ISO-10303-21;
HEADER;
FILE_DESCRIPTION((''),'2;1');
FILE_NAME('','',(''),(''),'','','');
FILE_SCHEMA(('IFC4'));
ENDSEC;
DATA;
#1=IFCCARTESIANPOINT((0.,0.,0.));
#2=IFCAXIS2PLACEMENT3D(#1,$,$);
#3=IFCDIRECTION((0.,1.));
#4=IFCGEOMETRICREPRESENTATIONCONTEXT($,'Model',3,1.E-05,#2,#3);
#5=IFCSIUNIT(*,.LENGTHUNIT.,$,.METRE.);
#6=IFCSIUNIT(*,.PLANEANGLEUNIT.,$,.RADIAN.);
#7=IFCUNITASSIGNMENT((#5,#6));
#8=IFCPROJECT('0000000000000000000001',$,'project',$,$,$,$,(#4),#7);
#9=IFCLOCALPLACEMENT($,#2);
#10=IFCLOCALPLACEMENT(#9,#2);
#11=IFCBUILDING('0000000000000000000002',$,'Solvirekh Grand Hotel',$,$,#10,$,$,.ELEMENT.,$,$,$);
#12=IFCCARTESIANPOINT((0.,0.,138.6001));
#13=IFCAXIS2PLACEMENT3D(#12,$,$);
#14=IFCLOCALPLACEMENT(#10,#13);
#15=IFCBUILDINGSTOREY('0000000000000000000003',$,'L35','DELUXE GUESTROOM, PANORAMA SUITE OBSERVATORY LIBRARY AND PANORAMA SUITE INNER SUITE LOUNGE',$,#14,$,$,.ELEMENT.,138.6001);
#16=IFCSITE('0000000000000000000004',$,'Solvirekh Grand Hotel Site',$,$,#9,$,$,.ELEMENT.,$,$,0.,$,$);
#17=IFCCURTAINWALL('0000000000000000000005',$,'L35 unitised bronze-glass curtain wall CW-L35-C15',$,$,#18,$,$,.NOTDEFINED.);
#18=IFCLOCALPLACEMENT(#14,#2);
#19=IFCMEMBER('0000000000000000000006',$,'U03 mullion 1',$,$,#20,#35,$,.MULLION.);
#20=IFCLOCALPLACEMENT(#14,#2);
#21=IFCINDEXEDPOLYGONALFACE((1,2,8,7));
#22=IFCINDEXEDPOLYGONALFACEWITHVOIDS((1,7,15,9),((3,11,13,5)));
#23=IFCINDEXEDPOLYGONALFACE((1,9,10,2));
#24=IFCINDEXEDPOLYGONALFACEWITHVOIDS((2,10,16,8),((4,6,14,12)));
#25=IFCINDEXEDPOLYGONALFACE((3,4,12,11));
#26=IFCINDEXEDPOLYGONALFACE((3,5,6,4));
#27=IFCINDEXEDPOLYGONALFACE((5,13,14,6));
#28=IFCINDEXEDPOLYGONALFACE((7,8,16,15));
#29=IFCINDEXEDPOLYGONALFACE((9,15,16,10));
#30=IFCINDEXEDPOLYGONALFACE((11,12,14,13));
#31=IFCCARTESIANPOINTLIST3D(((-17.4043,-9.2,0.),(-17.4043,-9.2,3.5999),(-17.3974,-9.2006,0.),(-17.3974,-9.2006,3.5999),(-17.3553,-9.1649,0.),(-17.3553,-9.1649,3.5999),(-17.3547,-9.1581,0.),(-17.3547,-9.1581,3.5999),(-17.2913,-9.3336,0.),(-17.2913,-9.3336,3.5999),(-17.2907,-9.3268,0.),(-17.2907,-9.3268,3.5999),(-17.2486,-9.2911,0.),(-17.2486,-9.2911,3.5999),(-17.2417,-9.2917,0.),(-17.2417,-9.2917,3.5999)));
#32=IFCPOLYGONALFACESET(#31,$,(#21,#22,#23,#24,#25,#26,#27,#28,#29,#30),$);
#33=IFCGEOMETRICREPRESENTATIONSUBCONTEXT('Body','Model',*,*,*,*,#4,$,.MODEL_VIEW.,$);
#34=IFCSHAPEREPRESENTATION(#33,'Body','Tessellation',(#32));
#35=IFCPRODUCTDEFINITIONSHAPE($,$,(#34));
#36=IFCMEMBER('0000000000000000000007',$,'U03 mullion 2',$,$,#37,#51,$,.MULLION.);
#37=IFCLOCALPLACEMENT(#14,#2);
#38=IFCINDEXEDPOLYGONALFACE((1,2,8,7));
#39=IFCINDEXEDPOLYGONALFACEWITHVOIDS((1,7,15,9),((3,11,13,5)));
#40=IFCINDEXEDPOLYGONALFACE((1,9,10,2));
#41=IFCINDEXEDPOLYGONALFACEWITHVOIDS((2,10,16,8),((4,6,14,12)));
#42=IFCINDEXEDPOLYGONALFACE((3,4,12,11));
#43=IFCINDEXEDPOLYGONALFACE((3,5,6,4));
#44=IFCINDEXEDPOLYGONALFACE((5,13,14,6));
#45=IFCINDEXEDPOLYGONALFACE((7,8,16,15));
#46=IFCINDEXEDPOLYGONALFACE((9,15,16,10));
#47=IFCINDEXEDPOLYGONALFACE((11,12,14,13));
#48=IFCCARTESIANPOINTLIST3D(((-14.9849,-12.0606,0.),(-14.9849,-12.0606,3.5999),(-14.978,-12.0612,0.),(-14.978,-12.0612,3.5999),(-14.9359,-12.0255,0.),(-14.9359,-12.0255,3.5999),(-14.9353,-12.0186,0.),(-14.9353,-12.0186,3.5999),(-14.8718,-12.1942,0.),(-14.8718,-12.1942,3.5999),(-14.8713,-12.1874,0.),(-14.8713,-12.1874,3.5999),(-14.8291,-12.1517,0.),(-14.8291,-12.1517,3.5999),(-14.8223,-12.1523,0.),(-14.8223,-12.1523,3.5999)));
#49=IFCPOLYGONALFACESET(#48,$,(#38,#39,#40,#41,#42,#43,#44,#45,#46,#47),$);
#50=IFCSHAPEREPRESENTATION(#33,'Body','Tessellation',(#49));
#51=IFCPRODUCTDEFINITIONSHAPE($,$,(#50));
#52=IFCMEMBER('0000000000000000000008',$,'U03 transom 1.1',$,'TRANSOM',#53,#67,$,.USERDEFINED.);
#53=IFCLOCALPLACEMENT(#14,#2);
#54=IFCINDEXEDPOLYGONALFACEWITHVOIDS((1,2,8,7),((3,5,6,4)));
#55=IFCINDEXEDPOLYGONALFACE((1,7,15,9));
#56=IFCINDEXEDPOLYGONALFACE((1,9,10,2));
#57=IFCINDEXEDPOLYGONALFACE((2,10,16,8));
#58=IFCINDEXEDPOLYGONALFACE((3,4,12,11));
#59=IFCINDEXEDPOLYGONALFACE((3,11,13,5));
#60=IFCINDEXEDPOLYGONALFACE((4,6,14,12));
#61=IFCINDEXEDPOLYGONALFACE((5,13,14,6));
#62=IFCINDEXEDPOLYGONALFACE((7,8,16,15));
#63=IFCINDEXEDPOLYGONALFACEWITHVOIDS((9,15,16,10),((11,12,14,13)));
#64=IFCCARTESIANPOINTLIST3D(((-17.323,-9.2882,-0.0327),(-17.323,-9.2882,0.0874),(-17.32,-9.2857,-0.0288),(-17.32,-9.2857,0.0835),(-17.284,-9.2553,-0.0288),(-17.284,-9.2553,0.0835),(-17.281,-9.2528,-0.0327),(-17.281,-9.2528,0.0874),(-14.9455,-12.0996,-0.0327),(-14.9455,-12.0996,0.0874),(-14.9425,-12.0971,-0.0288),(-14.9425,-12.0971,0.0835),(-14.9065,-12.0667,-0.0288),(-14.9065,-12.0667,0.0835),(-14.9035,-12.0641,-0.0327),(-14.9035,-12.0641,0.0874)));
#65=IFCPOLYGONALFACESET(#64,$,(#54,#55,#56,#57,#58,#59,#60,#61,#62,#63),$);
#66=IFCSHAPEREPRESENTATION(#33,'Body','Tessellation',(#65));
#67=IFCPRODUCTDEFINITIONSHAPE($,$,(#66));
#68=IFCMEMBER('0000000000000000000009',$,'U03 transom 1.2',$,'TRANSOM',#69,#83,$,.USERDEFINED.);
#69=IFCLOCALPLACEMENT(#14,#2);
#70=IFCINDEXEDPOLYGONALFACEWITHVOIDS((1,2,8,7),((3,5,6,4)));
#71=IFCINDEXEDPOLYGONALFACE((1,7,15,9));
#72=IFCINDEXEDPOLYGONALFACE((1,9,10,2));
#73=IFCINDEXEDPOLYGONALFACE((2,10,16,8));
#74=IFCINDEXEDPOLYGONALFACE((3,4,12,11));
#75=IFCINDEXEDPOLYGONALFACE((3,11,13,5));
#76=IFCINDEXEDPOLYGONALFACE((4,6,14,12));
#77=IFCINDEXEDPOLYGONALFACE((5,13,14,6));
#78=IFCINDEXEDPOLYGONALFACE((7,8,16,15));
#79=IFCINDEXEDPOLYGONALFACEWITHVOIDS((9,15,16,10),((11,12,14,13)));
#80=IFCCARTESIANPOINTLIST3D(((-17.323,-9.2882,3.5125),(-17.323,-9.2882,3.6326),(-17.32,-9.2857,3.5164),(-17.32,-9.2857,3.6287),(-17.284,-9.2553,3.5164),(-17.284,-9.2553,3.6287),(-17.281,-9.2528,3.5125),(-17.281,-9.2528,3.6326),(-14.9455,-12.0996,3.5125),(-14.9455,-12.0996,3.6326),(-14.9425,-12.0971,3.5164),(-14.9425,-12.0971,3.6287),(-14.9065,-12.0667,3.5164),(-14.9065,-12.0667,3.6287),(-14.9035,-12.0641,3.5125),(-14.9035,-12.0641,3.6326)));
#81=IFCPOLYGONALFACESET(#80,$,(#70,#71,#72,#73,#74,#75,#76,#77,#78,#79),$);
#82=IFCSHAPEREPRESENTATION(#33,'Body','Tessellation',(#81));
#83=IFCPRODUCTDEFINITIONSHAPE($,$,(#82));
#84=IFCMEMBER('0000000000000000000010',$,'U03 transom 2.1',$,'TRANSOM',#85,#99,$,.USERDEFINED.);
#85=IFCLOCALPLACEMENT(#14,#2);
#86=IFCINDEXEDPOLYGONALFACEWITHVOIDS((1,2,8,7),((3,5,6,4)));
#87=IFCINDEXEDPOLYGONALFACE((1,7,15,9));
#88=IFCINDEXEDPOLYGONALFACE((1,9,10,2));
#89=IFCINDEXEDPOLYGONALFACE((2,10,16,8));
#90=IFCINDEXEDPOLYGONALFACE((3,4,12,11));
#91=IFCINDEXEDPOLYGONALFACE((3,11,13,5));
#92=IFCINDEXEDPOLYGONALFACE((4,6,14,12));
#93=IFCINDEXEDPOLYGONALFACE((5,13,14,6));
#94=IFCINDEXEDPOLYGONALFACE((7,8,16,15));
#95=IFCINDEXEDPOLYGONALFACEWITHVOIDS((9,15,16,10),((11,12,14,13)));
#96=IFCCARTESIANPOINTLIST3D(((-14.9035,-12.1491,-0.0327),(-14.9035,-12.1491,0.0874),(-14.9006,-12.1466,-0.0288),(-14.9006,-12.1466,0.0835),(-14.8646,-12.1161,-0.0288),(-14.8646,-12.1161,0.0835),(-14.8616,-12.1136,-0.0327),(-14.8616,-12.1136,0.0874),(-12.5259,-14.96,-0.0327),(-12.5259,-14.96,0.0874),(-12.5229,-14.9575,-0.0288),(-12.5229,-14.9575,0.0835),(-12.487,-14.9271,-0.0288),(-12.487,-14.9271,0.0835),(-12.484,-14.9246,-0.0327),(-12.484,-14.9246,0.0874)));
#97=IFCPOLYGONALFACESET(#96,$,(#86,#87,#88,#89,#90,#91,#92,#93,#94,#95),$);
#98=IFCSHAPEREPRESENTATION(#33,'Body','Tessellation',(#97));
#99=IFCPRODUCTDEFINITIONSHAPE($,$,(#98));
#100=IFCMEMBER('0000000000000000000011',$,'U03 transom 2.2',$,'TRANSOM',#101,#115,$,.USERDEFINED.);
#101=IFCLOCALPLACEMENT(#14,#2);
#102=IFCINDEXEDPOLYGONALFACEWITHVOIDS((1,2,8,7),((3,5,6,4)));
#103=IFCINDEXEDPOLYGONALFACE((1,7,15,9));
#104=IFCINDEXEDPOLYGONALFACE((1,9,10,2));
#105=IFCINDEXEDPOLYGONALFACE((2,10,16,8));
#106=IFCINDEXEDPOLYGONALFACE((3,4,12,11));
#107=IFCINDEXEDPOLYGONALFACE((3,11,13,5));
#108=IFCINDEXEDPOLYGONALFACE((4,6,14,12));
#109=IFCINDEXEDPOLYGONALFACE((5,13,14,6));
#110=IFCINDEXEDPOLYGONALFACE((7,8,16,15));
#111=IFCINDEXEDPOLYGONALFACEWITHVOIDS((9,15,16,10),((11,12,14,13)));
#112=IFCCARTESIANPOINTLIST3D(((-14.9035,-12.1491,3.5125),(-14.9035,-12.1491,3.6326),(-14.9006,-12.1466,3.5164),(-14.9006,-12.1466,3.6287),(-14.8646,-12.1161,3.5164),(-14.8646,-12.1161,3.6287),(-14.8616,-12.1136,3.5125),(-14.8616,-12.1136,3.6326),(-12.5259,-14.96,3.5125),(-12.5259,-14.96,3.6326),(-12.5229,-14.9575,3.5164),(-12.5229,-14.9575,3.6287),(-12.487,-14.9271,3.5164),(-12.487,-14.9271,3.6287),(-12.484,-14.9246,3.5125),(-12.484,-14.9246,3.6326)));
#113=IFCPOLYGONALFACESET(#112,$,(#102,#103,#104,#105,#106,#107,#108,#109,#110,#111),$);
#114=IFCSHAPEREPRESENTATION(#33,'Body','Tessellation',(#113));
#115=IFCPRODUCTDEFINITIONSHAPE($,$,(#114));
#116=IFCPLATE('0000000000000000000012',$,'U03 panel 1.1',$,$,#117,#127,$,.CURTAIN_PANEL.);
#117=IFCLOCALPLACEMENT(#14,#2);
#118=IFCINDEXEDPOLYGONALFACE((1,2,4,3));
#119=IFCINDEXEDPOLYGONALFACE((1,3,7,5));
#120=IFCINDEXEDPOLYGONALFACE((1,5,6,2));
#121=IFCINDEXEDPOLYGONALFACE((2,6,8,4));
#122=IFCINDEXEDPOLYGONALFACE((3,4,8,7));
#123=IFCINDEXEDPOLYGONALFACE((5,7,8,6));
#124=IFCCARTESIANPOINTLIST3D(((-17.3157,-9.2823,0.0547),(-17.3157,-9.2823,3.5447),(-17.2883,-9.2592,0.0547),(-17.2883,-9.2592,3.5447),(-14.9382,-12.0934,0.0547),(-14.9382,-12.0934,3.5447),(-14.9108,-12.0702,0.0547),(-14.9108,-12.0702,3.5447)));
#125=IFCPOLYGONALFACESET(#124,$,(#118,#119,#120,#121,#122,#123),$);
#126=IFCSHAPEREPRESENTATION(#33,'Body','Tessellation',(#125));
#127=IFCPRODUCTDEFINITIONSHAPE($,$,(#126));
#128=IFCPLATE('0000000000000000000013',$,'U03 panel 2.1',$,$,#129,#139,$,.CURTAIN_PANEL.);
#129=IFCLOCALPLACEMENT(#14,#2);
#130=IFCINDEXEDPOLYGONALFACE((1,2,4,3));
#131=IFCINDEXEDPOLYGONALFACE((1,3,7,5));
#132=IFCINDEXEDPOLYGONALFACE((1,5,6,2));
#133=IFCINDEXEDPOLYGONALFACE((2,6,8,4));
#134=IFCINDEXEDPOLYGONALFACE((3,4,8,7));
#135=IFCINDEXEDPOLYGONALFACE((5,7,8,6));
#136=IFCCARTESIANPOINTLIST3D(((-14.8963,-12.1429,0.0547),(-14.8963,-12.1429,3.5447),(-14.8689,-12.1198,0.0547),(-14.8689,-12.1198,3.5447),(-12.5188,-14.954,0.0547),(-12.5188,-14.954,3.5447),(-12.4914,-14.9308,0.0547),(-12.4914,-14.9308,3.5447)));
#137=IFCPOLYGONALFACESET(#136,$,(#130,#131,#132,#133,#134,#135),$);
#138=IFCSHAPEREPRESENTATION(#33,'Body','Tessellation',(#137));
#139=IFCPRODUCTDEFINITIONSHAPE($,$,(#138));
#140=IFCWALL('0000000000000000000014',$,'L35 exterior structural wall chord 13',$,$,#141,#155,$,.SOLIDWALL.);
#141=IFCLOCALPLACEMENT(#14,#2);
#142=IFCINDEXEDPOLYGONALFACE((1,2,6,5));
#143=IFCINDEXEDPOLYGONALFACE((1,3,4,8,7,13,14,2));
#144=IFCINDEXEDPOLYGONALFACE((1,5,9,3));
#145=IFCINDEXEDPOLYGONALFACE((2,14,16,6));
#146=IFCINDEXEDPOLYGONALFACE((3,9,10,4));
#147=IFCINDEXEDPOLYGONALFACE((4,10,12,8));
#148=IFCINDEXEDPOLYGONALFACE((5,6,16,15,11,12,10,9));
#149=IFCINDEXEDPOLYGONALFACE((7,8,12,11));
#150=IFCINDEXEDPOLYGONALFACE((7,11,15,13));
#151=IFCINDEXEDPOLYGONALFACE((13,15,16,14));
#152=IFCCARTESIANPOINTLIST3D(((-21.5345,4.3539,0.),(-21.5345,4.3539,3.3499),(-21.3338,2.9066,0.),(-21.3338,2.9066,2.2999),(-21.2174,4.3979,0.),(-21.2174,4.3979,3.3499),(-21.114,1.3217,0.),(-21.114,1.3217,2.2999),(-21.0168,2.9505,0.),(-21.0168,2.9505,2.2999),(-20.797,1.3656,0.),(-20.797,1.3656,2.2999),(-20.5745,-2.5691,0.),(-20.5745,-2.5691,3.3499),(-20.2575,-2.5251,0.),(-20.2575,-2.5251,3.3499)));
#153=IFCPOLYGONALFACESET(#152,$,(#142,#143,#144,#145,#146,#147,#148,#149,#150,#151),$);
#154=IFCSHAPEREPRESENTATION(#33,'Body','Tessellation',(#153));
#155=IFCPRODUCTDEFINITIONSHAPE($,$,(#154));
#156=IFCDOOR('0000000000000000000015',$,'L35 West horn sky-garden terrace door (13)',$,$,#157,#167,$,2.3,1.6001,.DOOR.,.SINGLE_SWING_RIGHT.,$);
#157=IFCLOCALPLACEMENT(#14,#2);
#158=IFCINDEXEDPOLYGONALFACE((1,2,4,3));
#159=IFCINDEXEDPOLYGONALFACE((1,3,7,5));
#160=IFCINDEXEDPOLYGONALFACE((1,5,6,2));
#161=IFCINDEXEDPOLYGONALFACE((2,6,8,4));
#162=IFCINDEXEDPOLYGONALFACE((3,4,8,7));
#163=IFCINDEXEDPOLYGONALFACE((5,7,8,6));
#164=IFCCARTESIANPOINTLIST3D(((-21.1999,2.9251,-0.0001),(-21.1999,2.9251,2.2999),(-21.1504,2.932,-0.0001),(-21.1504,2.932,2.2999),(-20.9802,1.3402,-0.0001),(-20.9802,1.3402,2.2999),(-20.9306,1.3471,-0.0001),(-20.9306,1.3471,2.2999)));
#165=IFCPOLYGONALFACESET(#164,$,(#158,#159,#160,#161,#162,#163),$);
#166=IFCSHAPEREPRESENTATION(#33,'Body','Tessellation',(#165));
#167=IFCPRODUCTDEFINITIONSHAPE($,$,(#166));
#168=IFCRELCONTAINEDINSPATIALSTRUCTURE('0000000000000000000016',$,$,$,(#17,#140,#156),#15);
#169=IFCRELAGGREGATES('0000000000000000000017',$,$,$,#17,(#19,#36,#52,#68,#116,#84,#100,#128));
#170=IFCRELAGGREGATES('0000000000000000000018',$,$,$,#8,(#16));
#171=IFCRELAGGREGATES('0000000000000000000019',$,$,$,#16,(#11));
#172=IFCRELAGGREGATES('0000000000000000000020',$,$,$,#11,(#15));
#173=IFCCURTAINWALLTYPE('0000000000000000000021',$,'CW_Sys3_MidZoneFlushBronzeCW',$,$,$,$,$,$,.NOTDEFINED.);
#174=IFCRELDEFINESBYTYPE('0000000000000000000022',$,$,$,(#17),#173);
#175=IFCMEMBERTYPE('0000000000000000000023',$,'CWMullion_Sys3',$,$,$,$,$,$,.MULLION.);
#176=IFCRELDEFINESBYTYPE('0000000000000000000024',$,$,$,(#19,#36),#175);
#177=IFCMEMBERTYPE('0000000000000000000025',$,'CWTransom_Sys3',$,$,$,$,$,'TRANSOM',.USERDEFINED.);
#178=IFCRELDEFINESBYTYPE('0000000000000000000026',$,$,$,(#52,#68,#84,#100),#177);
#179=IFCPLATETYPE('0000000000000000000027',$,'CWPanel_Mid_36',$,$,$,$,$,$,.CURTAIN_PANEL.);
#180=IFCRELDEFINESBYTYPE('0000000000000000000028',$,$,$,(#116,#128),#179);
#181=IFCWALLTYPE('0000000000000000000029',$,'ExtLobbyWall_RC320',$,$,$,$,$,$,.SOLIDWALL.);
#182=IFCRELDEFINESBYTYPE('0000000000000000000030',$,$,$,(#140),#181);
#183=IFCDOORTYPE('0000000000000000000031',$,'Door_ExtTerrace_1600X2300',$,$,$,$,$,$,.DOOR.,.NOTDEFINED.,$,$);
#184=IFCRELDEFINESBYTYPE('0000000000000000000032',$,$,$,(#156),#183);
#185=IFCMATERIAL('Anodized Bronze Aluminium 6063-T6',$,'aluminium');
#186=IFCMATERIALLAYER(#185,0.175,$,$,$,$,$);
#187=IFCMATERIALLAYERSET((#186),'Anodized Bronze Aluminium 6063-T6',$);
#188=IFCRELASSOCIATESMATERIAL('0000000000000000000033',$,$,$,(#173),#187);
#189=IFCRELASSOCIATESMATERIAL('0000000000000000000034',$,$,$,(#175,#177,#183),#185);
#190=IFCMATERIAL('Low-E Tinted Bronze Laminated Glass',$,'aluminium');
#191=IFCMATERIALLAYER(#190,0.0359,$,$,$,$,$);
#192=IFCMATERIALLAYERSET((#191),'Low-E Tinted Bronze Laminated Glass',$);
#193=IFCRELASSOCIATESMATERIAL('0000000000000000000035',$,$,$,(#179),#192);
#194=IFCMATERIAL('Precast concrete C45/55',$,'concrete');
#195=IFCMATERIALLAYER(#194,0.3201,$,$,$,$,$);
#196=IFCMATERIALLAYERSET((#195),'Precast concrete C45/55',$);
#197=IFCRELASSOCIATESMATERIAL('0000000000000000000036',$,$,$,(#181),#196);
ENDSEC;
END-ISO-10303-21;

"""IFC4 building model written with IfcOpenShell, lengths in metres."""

from ifc_helpers import new_model, si_unit, direction, frame, frame_2d, origin, origin_2d, place, context, subcontext, project, spatial, rectangle, hollow_rectangle, extrude, source, transform, mapped, material, layer, layer_set, material_profile, profile_set, type_object, element, fill, aggregate, save


model = new_model("IFC4")

# Units and contexts
model_context = context("Model", 3, precision=1e-05, world=origin(), true_north=direction((0.0, 1.0)))
body_context = subcontext(model_context, "Body", "Model", "MODEL_VIEW")
ifc_project = project(units=[si_unit("LENGTHUNIT", "METRE"), si_unit("PLANEANGLEUNIT", "RADIAN")], contexts=[model_context])

# Site, building, storey
site_placement = place(None, origin())
site = spatial("IfcSite", under=ifc_project, at=site_placement, Name="Solvirekh Grand Hotel Site", CompositionType="ELEMENT", RefElevation=0.0)
building_placement = place(site_placement, origin())
building = spatial("IfcBuilding", under=site, at=building_placement, Name="Solvirekh Grand Hotel", CompositionType="ELEMENT")
storey_placement = place(building_placement, frame((0.0, 0.0, 138.6001)))
storey = spatial("IfcBuildingStorey", under=building, at=storey_placement, Name="L35", Description="DELUXE GUESTROOM, PANORAMA SUITE OBSERVATORY LIBRARY AND PANORAMA SUITE INNER SUITE LOUNGE", CompositionType="ELEMENT", Elevation=138.6001)

# Curtain wall, members, plates
ifc_material_1 = material(Name="Anodized Bronze Aluminium 6063-T6", Category="aluminium")
ifc_layer_1 = layer(ifc_material_1, 0.175)
ifc_layer_set_1 = layer_set([ifc_layer_1], Name="Anodized Bronze Aluminium 6063-T6")
curtain_wall_type = type_object("IfcCurtainWallType", Name="CW_Sys3_MidZoneFlushBronzeCW", PredefinedType="NOTDEFINED", material=ifc_layer_set_1)
curtain_wall_placement = place(storey_placement, origin())
curtain_wall = element("IfcCurtainWall", 1, at=curtain_wall_placement, inside=storey, type_object=curtain_wall_type, Name="L35 unitised bronze-glass curtain wall CW-L35-C15", PredefinedType="NOTDEFINED")
ifc_material_profile_1 = material_profile(ifc_material_1, hollow_rectangle(XDim=0.0649, YDim=0.175, WallThickness=0.0049, at=origin_2d()), Name="ALU RHS 175X65X5")
ifc_profile_set_1 = profile_set([ifc_material_profile_1], Name="Anodized Bronze Aluminium 6063-T6")
member_type_1 = type_object("IfcMemberType", Name="CWMullion_Sys3", PredefinedType="MULLION", material=ifc_profile_set_1)
shared_shape_1 = source(origin(), body_context, "Body", "SweptSolid", [
    extrude(hollow_rectangle(XDim=0.0649, YDim=0.175, WallThickness=0.0049, at=origin_2d()), origin(), (0.0, 0.0, 1.0), 3.5999),
])
member_1_placement = place(storey_placement, frame((-17.323, -9.2458, 0.0), z_axis=(0.0, 0.0, 1.0), x_axis=(0.763527, 0.645776, 0.0)))
member_1 = element("IfcMember", 2, at=member_1_placement, type_object=member_type_1, Name="U03 mullion 1", PredefinedType="MULLION", context=body_context, shape_type="MappedRepresentation", body=[
    mapped(shared_shape_1, transform((0.0, 0.0, 0.0), x_axis=(1.0, 0.0, 0.0), y_axis=(0.0, 1.0, 0.0), z_axis=(0.0, 0.0, 1.0), scale=1.0)),
])
member_2_placement = place(storey_placement, frame((-14.9036, -12.1064, 0.0), z_axis=(0.0, 0.0, 1.0), x_axis=(0.763527, 0.645776, 0.0)))
member_2 = element("IfcMember", 3, at=member_2_placement, type_object=member_type_1, Name="U03 mullion 2", PredefinedType="MULLION", context=body_context, shape_type="MappedRepresentation", body=[
    mapped(shared_shape_1, transform((0.0, 0.0, 0.0), x_axis=(1.0, 0.0, 0.0), y_axis=(0.0, 1.0, 0.0), z_axis=(0.0, 0.0, 1.0), scale=1.0)),
])
ifc_material_profile_2 = material_profile(ifc_material_1, hollow_rectangle(XDim=0.0549, YDim=0.1201, WallThickness=0.0039, at=origin_2d()), Name="ALU RHS 120X55X4")
ifc_profile_set_2 = profile_set([ifc_material_profile_2], Name="Anodized Bronze Aluminium 6063-T6")
member_type_2 = type_object("IfcMemberType", Name="CWTransom_Sys3", ElementType="TRANSOM", PredefinedType="USERDEFINED", material=ifc_profile_set_2)
shared_shape_2 = source(origin(), body_context, "Body", "SweptSolid", [
    extrude(hollow_rectangle(XDim=0.0549, YDim=0.1201, WallThickness=0.0039, at=origin_2d()), origin(), (0.0, 0.0, 1.0), 3.6819),
])
member_3_placement = place(storey_placement, frame((-17.302, -9.2705, 0.0273), z_axis=(0.645731, -0.763565, 0.0), x_axis=(0.763565, 0.645731, 0.0)))
member_3 = element("IfcMember", 4, at=member_3_placement, type_object=member_type_2, Name="U03 transom 1.1", ObjectType="TRANSOM", PredefinedType="USERDEFINED", context=body_context, shape_type="MappedRepresentation", body=[
    mapped(shared_shape_2, transform((0.0, 0.0, 0.0), x_axis=(1.0, 0.0, 0.0), y_axis=(0.0, 1.0, 0.0), z_axis=(0.0, 0.0, 1.0), scale=1.0)),
])
member_4_placement = place(storey_placement, frame((-17.302, -9.2705, 3.5725), z_axis=(0.645731, -0.763565, 0.0), x_axis=(0.763565, 0.645731, 0.0)))
member_4 = element("IfcMember", 5, at=member_4_placement, type_object=member_type_2, Name="U03 transom 1.2", ObjectType="TRANSOM", PredefinedType="USERDEFINED", context=body_context, shape_type="MappedRepresentation", body=[
    mapped(shared_shape_2, transform((0.0, 0.0, 0.0), x_axis=(1.0, 0.0, 0.0), y_axis=(0.0, 1.0, 0.0), z_axis=(0.0, 0.0, 1.0), scale=1.0)),
])
shared_shape_3 = source(origin(), body_context, "Body", "SweptSolid", [
    extrude(hollow_rectangle(XDim=0.0549, YDim=0.1201, WallThickness=0.0039, at=origin_2d()), origin(), (0.0, 0.0, 1.0), 3.6816),
])
member_5_placement = place(storey_placement, frame((-14.8826, -12.1313, 0.0273), z_axis=(0.645803, -0.763504, 0.0), x_axis=(0.763504, 0.645803, 0.0)))
member_5 = element("IfcMember", 6, at=member_5_placement, type_object=member_type_2, Name="U03 transom 2.1", ObjectType="TRANSOM", PredefinedType="USERDEFINED", context=body_context, shape_type="MappedRepresentation", body=[
    mapped(shared_shape_3, transform((0.0, 0.0, 0.0), x_axis=(1.0, 0.0, 0.0), y_axis=(0.0, 1.0, 0.0), z_axis=(0.0, 0.0, 1.0), scale=1.0)),
])
member_6_placement = place(storey_placement, frame((-14.8826, -12.1313, 3.5725), z_axis=(0.645803, -0.763504, 0.0), x_axis=(0.763504, 0.645803, 0.0)))
member_6 = element("IfcMember", 7, at=member_6_placement, type_object=member_type_2, Name="U03 transom 2.2", ObjectType="TRANSOM", PredefinedType="USERDEFINED", context=body_context, shape_type="MappedRepresentation", body=[
    mapped(shared_shape_3, transform((0.0, 0.0, 0.0), x_axis=(1.0, 0.0, 0.0), y_axis=(0.0, 1.0, 0.0), z_axis=(0.0, 0.0, 1.0), scale=1.0)),
])
ifc_material_2 = material(Name="Low-E Tinted Bronze Laminated Glass", Category="aluminium")
ifc_layer_2 = layer(ifc_material_2, 0.0359)
ifc_layer_set_2 = layer_set([ifc_layer_2], Name="Low-E Tinted Bronze Laminated Glass")
plate_type = type_object("IfcPlateType", Name="CWPanel_Mid_36", PredefinedType="CURTAIN_PANEL", material=ifc_layer_set_2)
shared_shape_4 = source(origin(), body_context, "Body", "SweptSolid", [
    extrude(rectangle(XDim=3.6816, YDim=0.0359, at=origin_2d()), origin(), (0.0, 0.0, 1.0), 3.49),
])
plate_1_placement = place(storey_placement, frame((-16.1133, -10.6763, 0.0547), z_axis=(0.0, 0.0, 1.0), x_axis=(0.645776, -0.763527, 0.0)))
plate_1 = element("IfcPlate", 8, at=plate_1_placement, type_object=plate_type, Name="U03 panel 1.1", PredefinedType="CURTAIN_PANEL", context=body_context, shape_type="MappedRepresentation", body=[
    mapped(shared_shape_4, transform((0.0, 0.0, 0.0), x_axis=(1.0, 0.0, 0.0), y_axis=(0.0, 1.0, 0.0), z_axis=(0.0, 0.0, 1.0), scale=1.0)),
])
plate_2_placement = place(storey_placement, frame((-13.6938, -13.5369, 0.0547), z_axis=(0.0, 0.0, 1.0), x_axis=(0.645776, -0.763527, 0.0)))
plate_2 = element("IfcPlate", 9, at=plate_2_placement, type_object=plate_type, Name="U03 panel 2.1", PredefinedType="CURTAIN_PANEL", context=body_context, shape_type="MappedRepresentation", body=[
    mapped(shared_shape_4, transform((0.0, 0.0, 0.0), x_axis=(1.0, 0.0, 0.0), y_axis=(0.0, 1.0, 0.0), z_axis=(0.0, 0.0, 1.0), scale=1.0)),
])
aggregate(curtain_wall, [member_1, member_2, member_3, member_4, plate_1, member_5, member_6, plate_2])

# Wall, opening, door
ifc_material_3 = material(Name="Precast concrete C45/55", Category="concrete")
ifc_layer_3 = layer(ifc_material_3, 0.3201)
ifc_layer_set_3 = layer_set([ifc_layer_3], Name="Precast concrete C45/55")
wall_type_1 = type_object("IfcWallType", Name="ExtLobbyWall_RC320", PredefinedType="SOLIDWALL", material=ifc_layer_set_3)
wall_1_placement = place(storey_placement, frame((-20.416, -2.5471, 0.0), z_axis=(0.0, 0.0, 1.0), x_axis=(-0.137347, 0.990523, 0.0)))
wall_1 = element("IfcWall", 10, at=wall_1_placement, inside=storey, type_object=wall_type_1, Name="L35 exterior structural wall chord 13", PredefinedType="SOLIDWALL", context=body_context, shape_type="SweptSolid", body=[
    extrude(rectangle(XDim=6.9893, YDim=0.3201, at=frame_2d((3.4946, 0.0))), origin(), (0.0, 0.0, 1.0), 3.3499),
])
opening_1_placement = place(wall_1_placement, frame((3.928, 0.0, 0.0)))
opening_1 = element("IfcOpeningElement", 11, at=opening_1_placement, cuts=wall_1, PredefinedType="OPENING", context=body_context, shape_type="SweptSolid", body=[
    extrude(rectangle(XDim=1.6001, YDim=2.3, at=frame_2d((0.8, 1.1499))), frame((0.0, 0.1699, 0.0), z_axis=(0.0, -1.0, 0.0), x_axis=(1.0, 0.0, 0.0)), (0.0, 0.0, 1.0), 0.3401),
])
door_type = type_object("IfcDoorType", Name="Door_ExtTerrace_1600X2300", OperationType="NOTDEFINED", PredefinedType="DOOR", material=ifc_material_1)
door_placement = place(opening_1_placement, origin())
door = element("IfcDoor", 12, at=door_placement, inside=storey, type_object=door_type, Name="L35 West horn sky-garden terrace door (13)", OperationType="SINGLE_SWING_RIGHT", OverallHeight=2.3, OverallWidth=1.6001, PredefinedType="DOOR", context=body_context, shape_type="SweptSolid", body=[
    extrude(rectangle(XDim=1.6001, YDim=2.3, at=frame_2d((0.8, 1.1499))), frame((0.0, 0.0249, 0.0), z_axis=(0.0, -1.0, 0.0), x_axis=(1.0, 0.0, 0.0)), (0.0, 0.0, 1.0), 0.05),
])
fill(opening_1, door)

save(model, "model.ifc")
